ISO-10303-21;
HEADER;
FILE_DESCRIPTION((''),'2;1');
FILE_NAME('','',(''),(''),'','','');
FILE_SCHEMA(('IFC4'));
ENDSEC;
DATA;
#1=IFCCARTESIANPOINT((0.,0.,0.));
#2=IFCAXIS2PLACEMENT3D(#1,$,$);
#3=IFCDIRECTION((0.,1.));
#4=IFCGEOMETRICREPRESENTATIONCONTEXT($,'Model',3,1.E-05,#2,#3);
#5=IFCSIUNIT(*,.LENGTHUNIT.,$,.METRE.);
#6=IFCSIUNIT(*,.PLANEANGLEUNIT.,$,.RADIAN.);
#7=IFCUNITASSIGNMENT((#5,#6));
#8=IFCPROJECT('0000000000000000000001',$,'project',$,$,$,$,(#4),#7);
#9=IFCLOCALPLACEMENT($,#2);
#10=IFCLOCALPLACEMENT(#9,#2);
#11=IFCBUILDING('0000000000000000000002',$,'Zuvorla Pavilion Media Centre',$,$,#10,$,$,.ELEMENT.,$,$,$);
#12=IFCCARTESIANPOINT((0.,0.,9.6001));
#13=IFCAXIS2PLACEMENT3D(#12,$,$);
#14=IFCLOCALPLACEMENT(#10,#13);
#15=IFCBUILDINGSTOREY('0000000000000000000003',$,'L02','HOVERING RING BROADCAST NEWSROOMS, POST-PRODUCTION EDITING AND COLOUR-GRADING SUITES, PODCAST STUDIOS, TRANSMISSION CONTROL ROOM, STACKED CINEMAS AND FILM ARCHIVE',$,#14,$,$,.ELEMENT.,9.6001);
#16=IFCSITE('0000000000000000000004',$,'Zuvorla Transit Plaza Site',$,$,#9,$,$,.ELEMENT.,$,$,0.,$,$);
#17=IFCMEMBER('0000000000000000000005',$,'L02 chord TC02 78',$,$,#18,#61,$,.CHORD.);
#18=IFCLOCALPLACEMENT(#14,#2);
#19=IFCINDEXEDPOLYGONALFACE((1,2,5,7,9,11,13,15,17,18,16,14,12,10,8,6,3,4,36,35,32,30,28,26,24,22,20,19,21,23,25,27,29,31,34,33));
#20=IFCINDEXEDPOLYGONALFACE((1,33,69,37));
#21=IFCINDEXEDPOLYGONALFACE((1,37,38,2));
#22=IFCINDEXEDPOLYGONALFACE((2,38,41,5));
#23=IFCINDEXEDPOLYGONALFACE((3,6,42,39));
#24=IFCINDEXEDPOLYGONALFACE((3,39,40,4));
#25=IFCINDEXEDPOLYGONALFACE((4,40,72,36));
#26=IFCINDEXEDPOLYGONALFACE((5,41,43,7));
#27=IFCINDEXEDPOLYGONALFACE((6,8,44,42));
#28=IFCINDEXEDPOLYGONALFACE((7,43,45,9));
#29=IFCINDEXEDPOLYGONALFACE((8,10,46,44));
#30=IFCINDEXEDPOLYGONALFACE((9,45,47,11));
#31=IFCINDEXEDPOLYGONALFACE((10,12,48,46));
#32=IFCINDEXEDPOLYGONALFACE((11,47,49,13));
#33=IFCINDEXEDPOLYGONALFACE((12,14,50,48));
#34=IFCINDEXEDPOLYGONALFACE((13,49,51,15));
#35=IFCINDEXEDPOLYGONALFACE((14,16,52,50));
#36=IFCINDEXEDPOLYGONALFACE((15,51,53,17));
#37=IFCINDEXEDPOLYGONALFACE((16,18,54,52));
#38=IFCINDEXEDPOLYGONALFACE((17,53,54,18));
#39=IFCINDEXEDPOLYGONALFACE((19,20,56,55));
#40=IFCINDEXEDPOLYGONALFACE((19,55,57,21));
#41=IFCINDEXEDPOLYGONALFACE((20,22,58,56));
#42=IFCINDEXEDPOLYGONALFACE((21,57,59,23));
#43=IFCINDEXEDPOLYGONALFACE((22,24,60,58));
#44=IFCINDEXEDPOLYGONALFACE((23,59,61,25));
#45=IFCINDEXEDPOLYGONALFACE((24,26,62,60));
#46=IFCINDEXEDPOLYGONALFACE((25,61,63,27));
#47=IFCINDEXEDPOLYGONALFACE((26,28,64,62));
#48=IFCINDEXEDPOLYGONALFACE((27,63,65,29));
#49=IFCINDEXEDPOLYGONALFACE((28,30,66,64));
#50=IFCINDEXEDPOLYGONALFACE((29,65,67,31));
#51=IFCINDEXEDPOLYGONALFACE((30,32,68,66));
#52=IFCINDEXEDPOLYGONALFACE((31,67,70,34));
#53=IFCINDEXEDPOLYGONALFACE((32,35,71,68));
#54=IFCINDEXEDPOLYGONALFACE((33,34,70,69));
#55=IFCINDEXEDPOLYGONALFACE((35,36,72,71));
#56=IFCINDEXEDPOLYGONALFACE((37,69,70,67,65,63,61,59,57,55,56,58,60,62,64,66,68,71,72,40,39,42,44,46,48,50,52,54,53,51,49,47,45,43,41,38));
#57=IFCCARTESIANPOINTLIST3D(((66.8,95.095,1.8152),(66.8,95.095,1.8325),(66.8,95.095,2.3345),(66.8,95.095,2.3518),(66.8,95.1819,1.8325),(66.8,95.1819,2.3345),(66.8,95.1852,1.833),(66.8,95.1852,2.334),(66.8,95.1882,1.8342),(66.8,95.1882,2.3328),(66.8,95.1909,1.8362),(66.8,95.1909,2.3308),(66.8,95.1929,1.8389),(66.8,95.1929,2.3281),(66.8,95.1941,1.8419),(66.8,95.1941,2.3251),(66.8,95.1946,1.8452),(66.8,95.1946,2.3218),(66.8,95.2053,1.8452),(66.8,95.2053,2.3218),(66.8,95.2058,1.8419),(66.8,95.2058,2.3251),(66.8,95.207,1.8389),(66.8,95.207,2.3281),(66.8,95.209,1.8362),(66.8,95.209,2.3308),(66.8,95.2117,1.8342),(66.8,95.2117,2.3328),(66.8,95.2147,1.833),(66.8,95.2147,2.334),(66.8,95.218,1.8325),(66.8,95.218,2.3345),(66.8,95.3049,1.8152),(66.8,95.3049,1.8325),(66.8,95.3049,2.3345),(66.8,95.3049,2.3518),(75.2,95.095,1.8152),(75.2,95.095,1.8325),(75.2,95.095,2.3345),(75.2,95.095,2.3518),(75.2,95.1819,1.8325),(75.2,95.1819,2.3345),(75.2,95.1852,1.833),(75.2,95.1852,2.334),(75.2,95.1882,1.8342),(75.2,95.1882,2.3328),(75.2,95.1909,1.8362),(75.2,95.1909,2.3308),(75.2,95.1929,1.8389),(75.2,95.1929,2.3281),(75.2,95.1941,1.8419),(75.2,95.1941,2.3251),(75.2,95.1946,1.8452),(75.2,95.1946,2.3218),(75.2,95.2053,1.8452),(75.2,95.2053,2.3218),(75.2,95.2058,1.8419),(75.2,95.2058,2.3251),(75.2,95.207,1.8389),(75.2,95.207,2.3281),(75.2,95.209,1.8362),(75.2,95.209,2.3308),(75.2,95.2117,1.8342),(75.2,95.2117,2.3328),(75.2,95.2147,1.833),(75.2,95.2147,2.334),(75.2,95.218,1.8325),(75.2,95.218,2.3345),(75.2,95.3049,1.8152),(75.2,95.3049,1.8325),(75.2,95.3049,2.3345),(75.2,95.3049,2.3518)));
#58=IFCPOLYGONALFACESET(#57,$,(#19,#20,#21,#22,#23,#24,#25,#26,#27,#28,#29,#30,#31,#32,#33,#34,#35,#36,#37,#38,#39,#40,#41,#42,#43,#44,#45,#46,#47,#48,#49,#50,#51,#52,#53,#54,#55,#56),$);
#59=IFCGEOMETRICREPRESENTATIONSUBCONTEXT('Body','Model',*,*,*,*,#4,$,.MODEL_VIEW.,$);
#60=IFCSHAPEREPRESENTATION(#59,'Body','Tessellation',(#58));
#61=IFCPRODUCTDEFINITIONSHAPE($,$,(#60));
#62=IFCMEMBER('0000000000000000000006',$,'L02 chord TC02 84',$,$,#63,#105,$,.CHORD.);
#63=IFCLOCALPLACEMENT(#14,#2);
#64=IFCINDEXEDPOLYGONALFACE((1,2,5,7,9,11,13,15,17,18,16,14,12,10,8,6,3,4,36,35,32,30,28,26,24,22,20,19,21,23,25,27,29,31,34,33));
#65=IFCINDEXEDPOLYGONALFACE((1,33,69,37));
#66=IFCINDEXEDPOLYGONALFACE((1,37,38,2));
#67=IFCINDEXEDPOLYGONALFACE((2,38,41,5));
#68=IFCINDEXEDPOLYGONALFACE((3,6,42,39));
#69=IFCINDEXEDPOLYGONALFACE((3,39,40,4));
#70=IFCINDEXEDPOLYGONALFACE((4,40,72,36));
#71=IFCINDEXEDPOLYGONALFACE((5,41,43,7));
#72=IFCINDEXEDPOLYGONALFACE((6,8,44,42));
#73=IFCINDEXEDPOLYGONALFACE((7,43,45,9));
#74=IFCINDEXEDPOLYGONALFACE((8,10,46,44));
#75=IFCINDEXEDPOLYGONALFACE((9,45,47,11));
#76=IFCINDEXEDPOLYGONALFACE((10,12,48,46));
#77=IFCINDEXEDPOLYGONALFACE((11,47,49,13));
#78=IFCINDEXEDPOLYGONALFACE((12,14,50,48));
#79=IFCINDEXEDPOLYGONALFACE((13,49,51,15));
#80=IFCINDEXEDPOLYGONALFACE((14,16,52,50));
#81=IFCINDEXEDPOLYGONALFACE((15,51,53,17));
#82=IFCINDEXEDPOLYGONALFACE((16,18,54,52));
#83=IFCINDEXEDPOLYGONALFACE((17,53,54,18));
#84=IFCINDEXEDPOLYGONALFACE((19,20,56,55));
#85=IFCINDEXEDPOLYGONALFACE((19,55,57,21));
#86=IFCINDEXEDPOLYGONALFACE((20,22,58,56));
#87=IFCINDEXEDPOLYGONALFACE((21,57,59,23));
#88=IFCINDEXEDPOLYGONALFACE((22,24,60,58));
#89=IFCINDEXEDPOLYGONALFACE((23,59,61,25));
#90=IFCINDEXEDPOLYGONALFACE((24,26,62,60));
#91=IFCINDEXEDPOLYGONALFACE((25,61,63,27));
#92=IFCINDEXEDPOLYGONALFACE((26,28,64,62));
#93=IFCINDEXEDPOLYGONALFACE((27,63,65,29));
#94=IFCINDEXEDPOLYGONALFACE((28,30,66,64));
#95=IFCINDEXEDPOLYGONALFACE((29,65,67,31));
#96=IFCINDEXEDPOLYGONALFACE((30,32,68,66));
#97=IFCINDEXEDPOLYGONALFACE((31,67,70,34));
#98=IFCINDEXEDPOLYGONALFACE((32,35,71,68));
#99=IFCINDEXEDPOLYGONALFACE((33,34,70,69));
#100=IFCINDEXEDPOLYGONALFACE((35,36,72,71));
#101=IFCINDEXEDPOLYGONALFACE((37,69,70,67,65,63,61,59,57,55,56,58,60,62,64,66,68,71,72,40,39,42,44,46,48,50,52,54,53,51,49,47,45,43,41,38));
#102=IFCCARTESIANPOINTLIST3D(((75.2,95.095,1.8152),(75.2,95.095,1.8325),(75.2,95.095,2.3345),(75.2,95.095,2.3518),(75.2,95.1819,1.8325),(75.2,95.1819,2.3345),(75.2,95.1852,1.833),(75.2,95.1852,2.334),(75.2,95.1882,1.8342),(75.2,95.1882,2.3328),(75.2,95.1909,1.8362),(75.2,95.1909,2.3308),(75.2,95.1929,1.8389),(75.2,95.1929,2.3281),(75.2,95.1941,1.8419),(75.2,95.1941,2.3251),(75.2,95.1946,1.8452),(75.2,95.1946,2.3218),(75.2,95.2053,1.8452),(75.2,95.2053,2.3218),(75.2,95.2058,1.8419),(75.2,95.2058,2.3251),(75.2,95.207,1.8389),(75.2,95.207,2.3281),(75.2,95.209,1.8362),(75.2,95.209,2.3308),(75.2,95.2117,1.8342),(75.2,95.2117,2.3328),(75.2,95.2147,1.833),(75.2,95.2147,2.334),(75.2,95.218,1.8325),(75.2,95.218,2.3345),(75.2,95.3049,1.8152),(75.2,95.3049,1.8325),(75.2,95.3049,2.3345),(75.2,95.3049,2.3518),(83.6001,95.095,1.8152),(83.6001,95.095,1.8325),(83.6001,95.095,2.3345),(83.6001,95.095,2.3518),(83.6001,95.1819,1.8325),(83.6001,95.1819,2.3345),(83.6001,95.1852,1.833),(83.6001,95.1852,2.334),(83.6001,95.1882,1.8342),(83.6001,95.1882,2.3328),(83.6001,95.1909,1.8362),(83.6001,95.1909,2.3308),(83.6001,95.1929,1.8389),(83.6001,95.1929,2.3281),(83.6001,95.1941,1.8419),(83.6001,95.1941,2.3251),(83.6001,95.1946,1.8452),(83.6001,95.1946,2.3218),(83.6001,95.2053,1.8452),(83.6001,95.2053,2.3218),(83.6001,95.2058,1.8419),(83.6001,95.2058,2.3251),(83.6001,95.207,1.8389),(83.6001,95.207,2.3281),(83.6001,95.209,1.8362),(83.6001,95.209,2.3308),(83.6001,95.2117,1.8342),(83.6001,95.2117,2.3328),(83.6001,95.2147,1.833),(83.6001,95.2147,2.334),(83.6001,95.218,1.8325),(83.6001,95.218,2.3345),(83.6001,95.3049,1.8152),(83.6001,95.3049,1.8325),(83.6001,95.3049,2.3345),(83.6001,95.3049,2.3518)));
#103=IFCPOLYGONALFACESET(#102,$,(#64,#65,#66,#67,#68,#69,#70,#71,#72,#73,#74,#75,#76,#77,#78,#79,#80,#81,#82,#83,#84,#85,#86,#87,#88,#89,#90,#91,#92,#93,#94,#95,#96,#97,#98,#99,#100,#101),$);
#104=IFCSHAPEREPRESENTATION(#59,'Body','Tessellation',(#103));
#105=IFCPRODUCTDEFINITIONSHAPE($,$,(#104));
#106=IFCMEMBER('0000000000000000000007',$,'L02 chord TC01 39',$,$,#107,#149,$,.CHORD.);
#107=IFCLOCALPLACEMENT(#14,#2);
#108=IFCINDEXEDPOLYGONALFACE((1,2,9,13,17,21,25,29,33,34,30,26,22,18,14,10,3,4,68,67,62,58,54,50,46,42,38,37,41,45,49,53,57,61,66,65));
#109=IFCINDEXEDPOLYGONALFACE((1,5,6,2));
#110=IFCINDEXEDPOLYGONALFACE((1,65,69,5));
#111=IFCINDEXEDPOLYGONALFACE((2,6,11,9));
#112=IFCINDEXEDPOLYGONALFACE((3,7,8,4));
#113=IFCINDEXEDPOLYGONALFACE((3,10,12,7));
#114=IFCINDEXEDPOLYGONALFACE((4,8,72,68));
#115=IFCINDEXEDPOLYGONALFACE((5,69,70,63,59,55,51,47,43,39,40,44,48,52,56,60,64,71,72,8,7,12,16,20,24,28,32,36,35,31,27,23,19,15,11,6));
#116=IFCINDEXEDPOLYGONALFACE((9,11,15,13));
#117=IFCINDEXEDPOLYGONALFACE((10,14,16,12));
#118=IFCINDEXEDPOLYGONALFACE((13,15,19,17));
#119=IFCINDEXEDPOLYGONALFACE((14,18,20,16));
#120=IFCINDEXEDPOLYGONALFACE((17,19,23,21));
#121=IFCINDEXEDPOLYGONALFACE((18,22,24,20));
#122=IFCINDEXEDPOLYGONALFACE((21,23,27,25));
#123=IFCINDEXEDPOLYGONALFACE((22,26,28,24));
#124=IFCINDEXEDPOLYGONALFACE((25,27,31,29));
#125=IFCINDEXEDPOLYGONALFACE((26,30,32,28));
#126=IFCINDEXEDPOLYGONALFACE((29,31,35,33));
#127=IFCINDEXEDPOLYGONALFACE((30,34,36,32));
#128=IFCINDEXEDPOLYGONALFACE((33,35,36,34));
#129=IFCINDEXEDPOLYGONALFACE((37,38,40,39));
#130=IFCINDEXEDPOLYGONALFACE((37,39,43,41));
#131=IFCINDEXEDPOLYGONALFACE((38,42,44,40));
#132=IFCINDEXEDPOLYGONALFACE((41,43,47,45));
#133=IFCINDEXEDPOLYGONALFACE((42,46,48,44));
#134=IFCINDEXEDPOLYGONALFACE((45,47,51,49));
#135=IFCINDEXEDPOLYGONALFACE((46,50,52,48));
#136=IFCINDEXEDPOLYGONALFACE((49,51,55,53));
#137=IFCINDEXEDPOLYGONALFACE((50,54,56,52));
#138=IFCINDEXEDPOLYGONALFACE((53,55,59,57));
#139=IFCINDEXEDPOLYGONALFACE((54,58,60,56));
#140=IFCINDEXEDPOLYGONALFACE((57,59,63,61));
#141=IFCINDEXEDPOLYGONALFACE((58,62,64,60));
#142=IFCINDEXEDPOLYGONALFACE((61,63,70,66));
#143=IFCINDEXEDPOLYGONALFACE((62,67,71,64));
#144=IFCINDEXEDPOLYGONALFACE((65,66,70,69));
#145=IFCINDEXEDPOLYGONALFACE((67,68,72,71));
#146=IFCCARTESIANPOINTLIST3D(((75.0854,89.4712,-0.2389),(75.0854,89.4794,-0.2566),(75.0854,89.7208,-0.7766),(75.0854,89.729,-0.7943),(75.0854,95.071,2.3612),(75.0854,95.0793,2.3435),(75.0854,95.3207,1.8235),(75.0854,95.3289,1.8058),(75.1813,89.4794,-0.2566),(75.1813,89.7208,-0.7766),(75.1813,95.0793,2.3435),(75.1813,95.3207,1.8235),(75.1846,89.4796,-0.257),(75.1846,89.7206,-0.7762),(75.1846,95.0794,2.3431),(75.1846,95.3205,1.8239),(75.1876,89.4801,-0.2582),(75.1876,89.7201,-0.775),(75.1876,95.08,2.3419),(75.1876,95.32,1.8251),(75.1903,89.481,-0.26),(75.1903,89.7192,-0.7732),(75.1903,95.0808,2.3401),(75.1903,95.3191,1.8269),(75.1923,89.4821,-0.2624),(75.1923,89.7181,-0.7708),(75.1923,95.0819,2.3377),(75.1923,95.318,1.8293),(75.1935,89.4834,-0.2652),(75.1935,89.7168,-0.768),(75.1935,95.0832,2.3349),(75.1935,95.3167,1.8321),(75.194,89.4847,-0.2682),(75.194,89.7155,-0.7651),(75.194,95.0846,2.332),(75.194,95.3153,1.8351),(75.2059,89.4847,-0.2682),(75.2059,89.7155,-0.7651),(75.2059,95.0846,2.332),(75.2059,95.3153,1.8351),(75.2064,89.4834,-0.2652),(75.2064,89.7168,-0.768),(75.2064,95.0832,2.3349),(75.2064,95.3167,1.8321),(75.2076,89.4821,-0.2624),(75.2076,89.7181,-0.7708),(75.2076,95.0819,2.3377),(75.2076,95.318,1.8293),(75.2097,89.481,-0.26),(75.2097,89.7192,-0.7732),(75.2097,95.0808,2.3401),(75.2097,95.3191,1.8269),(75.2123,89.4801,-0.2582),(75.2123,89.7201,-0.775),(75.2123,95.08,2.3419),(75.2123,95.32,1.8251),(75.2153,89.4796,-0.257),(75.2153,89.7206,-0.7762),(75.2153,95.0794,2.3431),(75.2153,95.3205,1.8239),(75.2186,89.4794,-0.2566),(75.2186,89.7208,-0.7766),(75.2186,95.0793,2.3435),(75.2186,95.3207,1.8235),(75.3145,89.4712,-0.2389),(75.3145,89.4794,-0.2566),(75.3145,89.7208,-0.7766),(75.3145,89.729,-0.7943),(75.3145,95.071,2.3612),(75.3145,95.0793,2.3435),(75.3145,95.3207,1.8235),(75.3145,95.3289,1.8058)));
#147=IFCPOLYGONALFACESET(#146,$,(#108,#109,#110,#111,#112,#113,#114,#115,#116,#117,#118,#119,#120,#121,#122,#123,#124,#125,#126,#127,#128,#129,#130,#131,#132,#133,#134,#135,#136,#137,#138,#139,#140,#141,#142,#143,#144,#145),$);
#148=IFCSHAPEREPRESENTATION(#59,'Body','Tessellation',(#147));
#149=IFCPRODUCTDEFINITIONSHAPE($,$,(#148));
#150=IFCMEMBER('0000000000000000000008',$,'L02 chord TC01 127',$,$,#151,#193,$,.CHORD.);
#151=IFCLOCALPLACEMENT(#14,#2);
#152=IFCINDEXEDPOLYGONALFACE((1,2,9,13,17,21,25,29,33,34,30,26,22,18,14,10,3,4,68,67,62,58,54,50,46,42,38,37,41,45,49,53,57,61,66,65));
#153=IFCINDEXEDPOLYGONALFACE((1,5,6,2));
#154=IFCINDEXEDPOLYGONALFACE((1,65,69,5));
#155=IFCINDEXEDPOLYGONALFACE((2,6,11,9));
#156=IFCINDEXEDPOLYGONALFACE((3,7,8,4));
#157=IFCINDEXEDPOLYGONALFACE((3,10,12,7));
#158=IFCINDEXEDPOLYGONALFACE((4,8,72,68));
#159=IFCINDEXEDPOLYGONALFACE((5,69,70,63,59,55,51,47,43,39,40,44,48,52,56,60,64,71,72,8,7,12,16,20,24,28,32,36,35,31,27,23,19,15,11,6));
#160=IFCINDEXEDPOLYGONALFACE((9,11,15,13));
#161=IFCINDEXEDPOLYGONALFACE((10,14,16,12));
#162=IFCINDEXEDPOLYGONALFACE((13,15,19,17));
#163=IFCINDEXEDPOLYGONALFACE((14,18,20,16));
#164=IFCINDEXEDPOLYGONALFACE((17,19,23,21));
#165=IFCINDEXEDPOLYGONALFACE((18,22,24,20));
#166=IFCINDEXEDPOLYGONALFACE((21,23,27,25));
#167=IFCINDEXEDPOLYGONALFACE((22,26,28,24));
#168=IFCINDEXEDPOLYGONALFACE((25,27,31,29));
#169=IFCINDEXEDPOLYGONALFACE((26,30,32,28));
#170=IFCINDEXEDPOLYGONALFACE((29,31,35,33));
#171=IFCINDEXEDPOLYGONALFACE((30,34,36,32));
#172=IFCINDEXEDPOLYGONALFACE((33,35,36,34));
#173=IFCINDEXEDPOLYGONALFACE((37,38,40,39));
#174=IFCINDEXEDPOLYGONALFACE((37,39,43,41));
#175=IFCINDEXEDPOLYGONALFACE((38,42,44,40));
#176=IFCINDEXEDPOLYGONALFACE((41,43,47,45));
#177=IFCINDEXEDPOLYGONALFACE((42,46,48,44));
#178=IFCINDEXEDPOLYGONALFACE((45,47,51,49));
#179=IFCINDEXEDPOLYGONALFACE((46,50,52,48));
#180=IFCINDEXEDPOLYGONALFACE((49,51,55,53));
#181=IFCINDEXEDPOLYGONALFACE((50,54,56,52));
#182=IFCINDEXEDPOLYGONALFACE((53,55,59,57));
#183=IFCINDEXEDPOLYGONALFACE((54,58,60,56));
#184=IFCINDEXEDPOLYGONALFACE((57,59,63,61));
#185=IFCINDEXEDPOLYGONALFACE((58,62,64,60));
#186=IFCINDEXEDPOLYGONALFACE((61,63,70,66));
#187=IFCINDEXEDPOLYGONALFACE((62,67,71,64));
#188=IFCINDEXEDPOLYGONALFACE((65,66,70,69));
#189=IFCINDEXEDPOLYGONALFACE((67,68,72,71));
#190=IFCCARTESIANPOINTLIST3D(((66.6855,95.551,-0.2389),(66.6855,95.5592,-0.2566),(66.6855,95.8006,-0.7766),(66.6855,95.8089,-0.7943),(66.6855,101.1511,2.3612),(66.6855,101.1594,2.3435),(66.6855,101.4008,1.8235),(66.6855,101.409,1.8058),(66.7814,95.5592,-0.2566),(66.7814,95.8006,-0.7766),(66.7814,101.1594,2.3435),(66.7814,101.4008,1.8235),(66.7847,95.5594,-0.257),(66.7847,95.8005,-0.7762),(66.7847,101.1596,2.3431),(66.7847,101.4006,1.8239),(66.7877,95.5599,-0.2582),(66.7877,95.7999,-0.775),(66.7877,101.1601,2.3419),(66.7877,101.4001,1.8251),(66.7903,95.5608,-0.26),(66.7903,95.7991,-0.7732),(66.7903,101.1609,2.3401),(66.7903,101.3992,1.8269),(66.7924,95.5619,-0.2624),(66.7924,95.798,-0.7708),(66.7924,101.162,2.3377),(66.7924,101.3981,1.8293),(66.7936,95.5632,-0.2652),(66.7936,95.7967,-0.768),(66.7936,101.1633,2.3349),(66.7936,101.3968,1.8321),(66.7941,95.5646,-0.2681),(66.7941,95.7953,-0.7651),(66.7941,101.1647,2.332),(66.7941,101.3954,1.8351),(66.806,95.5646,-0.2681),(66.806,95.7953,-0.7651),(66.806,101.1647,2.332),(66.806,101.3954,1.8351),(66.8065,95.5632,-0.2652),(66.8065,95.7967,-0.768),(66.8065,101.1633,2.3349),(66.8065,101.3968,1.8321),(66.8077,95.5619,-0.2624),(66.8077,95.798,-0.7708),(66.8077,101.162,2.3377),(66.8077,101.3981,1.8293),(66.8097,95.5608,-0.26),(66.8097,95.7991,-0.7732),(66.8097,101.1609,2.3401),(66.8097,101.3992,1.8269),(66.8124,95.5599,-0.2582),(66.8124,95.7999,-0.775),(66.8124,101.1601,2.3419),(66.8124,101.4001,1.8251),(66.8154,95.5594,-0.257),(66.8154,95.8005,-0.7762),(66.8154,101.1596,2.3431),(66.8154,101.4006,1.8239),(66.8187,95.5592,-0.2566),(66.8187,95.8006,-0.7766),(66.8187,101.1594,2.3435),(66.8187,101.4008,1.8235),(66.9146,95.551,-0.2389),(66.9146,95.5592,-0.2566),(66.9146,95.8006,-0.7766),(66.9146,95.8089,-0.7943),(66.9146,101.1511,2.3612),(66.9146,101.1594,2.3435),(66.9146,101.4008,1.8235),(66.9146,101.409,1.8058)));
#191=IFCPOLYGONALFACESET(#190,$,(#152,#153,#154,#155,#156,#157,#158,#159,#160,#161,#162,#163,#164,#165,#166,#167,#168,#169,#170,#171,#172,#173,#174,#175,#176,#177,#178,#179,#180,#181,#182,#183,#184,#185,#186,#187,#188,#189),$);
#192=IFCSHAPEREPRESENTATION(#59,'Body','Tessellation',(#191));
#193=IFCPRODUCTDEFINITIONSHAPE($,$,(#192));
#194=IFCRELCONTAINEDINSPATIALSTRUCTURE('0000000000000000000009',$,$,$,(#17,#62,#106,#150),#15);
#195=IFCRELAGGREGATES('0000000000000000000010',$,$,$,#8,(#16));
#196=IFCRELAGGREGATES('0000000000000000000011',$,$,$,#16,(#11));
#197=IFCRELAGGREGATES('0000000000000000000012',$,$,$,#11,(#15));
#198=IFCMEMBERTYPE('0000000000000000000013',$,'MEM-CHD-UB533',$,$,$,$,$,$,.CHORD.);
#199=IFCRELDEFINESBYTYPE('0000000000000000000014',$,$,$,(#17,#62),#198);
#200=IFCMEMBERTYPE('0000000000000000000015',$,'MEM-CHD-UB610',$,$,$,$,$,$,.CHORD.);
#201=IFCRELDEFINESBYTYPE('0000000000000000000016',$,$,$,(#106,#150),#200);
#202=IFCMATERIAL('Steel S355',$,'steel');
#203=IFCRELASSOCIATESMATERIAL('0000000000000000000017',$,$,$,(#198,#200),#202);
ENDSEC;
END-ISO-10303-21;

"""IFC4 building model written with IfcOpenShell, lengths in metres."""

from ifc_helpers import new_model, si_unit, direction, frame, origin, origin_2d, place, context, subcontext, project, spatial, i_section, extrude, material, material_profile, profile_set, type_object, element, save


model = new_model("IFC4")

# Units and contexts
model_context = context("Model", 3, precision=1e-05, world=origin(), true_north=direction((0.0, 1.0)))
body_context = subcontext(model_context, "Body", "Model", "MODEL_VIEW")
ifc_project = project(units=[si_unit("LENGTHUNIT", "METRE"), si_unit("PLANEANGLEUNIT", "RADIAN")], contexts=[model_context])

# Site, building, storey
site_placement = place(None, origin())
site = spatial("IfcSite", under=ifc_project, at=site_placement, Name="Zuvorla Transit Plaza Site", CompositionType="ELEMENT", RefElevation=0.0)
building_placement = place(site_placement, origin())
building = spatial("IfcBuilding", under=site, at=building_placement, Name="Zuvorla Pavilion Media Centre", CompositionType="ELEMENT")
storey_placement = place(building_placement, frame((0.0, 0.0, 9.6001)))
storey = spatial("IfcBuildingStorey", under=building, at=storey_placement, Name="L02", Description="HOVERING RING BROADCAST NEWSROOMS, POST-PRODUCTION EDITING AND COLOUR-GRADING SUITES, PODCAST STUDIOS, TRANSMISSION CONTROL ROOM, STACKED CINEMAS AND FILM ARCHIVE", CompositionType="ELEMENT", Elevation=9.6001)

# Shared definitions
ifc_material_1 = material(Name="Steel S355", Category="steel")

# Members
ifc_material_profile_1 = material_profile(ifc_material_1, i_section(OverallWidth=0.21, OverallDepth=0.5366, WebThickness=0.0107, FlangeThickness=0.0173, FilletRadius=0.0127, at=origin_2d()), Name="UB 533x210x101")
ifc_profile_set_1 = profile_set([ifc_material_profile_1], Name="Steel S355")
member_type_1 = type_object("IfcMemberType", Name="MEM-CHD-UB533", PredefinedType="CHORD", material=ifc_profile_set_1)
member_1_placement = place(storey_placement, frame((66.8, 95.2, 2.0835), z_axis=(1.0, 0.0, 0.0), x_axis=(0.0, 1.0, 0.0)))
element("IfcMember", 1, at=member_1_placement, inside=storey, type_object=member_type_1, Name="L02 chord TC02 78", PredefinedType="CHORD", context=body_context, shape_type="SweptSolid", body=[
    extrude(i_section(OverallWidth=0.21, OverallDepth=0.5366, WebThickness=0.0107, FlangeThickness=0.0173, FilletRadius=0.0127, at=origin_2d()), origin(), (0.0, 0.0, 1.0), 8.3999),
])
member_2_placement = place(storey_placement, frame((75.2, 95.2, 2.0835), z_axis=(1.0, 0.0, 0.0), x_axis=(0.0, 1.0, 0.0)))
element("IfcMember", 2, at=member_2_placement, inside=storey, type_object=member_type_1, Name="L02 chord TC02 84", PredefinedType="CHORD", context=body_context, shape_type="SweptSolid", body=[
    extrude(i_section(OverallWidth=0.21, OverallDepth=0.5366, WebThickness=0.0107, FlangeThickness=0.0173, FilletRadius=0.0127, at=origin_2d()), origin(), (0.0, 0.0, 1.0), 8.4001),
])
ifc_material_profile_2 = material_profile(ifc_material_1, i_section(OverallWidth=0.229, OverallDepth=0.6123, WebThickness=0.012, FlangeThickness=0.0195, FilletRadius=0.0127, at=origin_2d()), Name="UB 610x229x125")
ifc_profile_set_2 = profile_set([ifc_material_profile_2], Name="Steel S355")
member_type_2 = type_object("IfcMemberType", Name="MEM-CHD-UB610", PredefinedType="CHORD", material=ifc_profile_set_2)
member_3_placement = place(storey_placement, frame((75.2, 89.6001, -0.5166), z_axis=(0.0, 0.906999, 0.421133), x_axis=(-1.0, 0.0, 0.0)))
element("IfcMember", 3, at=member_3_placement, inside=storey, type_object=member_type_2, Name="L02 chord TC01 39", PredefinedType="CHORD", context=body_context, shape_type="SweptSolid", body=[
    extrude(i_section(OverallWidth=0.229, OverallDepth=0.6123, WebThickness=0.012, FlangeThickness=0.0195, FilletRadius=0.0127, at=origin_2d()), origin(), (0.0, 0.0, 1.0), 6.1741),
])
member_4_placement = place(storey_placement, frame((66.8, 95.6799, -0.5166), z_axis=(0.0, 0.907006, 0.421118), x_axis=(-1.0, 0.0, 0.0)))
element("IfcMember", 4, at=member_4_placement, inside=storey, type_object=member_type_2, Name="L02 chord TC01 127", PredefinedType="CHORD", context=body_context, shape_type="SweptSolid", body=[
    extrude(i_section(OverallWidth=0.229, OverallDepth=0.6123, WebThickness=0.012, FlangeThickness=0.0195, FilletRadius=0.0127, at=origin_2d()), origin(), (0.0, 0.0, 1.0), 6.1743),
])

save(model, "model.ifc")
